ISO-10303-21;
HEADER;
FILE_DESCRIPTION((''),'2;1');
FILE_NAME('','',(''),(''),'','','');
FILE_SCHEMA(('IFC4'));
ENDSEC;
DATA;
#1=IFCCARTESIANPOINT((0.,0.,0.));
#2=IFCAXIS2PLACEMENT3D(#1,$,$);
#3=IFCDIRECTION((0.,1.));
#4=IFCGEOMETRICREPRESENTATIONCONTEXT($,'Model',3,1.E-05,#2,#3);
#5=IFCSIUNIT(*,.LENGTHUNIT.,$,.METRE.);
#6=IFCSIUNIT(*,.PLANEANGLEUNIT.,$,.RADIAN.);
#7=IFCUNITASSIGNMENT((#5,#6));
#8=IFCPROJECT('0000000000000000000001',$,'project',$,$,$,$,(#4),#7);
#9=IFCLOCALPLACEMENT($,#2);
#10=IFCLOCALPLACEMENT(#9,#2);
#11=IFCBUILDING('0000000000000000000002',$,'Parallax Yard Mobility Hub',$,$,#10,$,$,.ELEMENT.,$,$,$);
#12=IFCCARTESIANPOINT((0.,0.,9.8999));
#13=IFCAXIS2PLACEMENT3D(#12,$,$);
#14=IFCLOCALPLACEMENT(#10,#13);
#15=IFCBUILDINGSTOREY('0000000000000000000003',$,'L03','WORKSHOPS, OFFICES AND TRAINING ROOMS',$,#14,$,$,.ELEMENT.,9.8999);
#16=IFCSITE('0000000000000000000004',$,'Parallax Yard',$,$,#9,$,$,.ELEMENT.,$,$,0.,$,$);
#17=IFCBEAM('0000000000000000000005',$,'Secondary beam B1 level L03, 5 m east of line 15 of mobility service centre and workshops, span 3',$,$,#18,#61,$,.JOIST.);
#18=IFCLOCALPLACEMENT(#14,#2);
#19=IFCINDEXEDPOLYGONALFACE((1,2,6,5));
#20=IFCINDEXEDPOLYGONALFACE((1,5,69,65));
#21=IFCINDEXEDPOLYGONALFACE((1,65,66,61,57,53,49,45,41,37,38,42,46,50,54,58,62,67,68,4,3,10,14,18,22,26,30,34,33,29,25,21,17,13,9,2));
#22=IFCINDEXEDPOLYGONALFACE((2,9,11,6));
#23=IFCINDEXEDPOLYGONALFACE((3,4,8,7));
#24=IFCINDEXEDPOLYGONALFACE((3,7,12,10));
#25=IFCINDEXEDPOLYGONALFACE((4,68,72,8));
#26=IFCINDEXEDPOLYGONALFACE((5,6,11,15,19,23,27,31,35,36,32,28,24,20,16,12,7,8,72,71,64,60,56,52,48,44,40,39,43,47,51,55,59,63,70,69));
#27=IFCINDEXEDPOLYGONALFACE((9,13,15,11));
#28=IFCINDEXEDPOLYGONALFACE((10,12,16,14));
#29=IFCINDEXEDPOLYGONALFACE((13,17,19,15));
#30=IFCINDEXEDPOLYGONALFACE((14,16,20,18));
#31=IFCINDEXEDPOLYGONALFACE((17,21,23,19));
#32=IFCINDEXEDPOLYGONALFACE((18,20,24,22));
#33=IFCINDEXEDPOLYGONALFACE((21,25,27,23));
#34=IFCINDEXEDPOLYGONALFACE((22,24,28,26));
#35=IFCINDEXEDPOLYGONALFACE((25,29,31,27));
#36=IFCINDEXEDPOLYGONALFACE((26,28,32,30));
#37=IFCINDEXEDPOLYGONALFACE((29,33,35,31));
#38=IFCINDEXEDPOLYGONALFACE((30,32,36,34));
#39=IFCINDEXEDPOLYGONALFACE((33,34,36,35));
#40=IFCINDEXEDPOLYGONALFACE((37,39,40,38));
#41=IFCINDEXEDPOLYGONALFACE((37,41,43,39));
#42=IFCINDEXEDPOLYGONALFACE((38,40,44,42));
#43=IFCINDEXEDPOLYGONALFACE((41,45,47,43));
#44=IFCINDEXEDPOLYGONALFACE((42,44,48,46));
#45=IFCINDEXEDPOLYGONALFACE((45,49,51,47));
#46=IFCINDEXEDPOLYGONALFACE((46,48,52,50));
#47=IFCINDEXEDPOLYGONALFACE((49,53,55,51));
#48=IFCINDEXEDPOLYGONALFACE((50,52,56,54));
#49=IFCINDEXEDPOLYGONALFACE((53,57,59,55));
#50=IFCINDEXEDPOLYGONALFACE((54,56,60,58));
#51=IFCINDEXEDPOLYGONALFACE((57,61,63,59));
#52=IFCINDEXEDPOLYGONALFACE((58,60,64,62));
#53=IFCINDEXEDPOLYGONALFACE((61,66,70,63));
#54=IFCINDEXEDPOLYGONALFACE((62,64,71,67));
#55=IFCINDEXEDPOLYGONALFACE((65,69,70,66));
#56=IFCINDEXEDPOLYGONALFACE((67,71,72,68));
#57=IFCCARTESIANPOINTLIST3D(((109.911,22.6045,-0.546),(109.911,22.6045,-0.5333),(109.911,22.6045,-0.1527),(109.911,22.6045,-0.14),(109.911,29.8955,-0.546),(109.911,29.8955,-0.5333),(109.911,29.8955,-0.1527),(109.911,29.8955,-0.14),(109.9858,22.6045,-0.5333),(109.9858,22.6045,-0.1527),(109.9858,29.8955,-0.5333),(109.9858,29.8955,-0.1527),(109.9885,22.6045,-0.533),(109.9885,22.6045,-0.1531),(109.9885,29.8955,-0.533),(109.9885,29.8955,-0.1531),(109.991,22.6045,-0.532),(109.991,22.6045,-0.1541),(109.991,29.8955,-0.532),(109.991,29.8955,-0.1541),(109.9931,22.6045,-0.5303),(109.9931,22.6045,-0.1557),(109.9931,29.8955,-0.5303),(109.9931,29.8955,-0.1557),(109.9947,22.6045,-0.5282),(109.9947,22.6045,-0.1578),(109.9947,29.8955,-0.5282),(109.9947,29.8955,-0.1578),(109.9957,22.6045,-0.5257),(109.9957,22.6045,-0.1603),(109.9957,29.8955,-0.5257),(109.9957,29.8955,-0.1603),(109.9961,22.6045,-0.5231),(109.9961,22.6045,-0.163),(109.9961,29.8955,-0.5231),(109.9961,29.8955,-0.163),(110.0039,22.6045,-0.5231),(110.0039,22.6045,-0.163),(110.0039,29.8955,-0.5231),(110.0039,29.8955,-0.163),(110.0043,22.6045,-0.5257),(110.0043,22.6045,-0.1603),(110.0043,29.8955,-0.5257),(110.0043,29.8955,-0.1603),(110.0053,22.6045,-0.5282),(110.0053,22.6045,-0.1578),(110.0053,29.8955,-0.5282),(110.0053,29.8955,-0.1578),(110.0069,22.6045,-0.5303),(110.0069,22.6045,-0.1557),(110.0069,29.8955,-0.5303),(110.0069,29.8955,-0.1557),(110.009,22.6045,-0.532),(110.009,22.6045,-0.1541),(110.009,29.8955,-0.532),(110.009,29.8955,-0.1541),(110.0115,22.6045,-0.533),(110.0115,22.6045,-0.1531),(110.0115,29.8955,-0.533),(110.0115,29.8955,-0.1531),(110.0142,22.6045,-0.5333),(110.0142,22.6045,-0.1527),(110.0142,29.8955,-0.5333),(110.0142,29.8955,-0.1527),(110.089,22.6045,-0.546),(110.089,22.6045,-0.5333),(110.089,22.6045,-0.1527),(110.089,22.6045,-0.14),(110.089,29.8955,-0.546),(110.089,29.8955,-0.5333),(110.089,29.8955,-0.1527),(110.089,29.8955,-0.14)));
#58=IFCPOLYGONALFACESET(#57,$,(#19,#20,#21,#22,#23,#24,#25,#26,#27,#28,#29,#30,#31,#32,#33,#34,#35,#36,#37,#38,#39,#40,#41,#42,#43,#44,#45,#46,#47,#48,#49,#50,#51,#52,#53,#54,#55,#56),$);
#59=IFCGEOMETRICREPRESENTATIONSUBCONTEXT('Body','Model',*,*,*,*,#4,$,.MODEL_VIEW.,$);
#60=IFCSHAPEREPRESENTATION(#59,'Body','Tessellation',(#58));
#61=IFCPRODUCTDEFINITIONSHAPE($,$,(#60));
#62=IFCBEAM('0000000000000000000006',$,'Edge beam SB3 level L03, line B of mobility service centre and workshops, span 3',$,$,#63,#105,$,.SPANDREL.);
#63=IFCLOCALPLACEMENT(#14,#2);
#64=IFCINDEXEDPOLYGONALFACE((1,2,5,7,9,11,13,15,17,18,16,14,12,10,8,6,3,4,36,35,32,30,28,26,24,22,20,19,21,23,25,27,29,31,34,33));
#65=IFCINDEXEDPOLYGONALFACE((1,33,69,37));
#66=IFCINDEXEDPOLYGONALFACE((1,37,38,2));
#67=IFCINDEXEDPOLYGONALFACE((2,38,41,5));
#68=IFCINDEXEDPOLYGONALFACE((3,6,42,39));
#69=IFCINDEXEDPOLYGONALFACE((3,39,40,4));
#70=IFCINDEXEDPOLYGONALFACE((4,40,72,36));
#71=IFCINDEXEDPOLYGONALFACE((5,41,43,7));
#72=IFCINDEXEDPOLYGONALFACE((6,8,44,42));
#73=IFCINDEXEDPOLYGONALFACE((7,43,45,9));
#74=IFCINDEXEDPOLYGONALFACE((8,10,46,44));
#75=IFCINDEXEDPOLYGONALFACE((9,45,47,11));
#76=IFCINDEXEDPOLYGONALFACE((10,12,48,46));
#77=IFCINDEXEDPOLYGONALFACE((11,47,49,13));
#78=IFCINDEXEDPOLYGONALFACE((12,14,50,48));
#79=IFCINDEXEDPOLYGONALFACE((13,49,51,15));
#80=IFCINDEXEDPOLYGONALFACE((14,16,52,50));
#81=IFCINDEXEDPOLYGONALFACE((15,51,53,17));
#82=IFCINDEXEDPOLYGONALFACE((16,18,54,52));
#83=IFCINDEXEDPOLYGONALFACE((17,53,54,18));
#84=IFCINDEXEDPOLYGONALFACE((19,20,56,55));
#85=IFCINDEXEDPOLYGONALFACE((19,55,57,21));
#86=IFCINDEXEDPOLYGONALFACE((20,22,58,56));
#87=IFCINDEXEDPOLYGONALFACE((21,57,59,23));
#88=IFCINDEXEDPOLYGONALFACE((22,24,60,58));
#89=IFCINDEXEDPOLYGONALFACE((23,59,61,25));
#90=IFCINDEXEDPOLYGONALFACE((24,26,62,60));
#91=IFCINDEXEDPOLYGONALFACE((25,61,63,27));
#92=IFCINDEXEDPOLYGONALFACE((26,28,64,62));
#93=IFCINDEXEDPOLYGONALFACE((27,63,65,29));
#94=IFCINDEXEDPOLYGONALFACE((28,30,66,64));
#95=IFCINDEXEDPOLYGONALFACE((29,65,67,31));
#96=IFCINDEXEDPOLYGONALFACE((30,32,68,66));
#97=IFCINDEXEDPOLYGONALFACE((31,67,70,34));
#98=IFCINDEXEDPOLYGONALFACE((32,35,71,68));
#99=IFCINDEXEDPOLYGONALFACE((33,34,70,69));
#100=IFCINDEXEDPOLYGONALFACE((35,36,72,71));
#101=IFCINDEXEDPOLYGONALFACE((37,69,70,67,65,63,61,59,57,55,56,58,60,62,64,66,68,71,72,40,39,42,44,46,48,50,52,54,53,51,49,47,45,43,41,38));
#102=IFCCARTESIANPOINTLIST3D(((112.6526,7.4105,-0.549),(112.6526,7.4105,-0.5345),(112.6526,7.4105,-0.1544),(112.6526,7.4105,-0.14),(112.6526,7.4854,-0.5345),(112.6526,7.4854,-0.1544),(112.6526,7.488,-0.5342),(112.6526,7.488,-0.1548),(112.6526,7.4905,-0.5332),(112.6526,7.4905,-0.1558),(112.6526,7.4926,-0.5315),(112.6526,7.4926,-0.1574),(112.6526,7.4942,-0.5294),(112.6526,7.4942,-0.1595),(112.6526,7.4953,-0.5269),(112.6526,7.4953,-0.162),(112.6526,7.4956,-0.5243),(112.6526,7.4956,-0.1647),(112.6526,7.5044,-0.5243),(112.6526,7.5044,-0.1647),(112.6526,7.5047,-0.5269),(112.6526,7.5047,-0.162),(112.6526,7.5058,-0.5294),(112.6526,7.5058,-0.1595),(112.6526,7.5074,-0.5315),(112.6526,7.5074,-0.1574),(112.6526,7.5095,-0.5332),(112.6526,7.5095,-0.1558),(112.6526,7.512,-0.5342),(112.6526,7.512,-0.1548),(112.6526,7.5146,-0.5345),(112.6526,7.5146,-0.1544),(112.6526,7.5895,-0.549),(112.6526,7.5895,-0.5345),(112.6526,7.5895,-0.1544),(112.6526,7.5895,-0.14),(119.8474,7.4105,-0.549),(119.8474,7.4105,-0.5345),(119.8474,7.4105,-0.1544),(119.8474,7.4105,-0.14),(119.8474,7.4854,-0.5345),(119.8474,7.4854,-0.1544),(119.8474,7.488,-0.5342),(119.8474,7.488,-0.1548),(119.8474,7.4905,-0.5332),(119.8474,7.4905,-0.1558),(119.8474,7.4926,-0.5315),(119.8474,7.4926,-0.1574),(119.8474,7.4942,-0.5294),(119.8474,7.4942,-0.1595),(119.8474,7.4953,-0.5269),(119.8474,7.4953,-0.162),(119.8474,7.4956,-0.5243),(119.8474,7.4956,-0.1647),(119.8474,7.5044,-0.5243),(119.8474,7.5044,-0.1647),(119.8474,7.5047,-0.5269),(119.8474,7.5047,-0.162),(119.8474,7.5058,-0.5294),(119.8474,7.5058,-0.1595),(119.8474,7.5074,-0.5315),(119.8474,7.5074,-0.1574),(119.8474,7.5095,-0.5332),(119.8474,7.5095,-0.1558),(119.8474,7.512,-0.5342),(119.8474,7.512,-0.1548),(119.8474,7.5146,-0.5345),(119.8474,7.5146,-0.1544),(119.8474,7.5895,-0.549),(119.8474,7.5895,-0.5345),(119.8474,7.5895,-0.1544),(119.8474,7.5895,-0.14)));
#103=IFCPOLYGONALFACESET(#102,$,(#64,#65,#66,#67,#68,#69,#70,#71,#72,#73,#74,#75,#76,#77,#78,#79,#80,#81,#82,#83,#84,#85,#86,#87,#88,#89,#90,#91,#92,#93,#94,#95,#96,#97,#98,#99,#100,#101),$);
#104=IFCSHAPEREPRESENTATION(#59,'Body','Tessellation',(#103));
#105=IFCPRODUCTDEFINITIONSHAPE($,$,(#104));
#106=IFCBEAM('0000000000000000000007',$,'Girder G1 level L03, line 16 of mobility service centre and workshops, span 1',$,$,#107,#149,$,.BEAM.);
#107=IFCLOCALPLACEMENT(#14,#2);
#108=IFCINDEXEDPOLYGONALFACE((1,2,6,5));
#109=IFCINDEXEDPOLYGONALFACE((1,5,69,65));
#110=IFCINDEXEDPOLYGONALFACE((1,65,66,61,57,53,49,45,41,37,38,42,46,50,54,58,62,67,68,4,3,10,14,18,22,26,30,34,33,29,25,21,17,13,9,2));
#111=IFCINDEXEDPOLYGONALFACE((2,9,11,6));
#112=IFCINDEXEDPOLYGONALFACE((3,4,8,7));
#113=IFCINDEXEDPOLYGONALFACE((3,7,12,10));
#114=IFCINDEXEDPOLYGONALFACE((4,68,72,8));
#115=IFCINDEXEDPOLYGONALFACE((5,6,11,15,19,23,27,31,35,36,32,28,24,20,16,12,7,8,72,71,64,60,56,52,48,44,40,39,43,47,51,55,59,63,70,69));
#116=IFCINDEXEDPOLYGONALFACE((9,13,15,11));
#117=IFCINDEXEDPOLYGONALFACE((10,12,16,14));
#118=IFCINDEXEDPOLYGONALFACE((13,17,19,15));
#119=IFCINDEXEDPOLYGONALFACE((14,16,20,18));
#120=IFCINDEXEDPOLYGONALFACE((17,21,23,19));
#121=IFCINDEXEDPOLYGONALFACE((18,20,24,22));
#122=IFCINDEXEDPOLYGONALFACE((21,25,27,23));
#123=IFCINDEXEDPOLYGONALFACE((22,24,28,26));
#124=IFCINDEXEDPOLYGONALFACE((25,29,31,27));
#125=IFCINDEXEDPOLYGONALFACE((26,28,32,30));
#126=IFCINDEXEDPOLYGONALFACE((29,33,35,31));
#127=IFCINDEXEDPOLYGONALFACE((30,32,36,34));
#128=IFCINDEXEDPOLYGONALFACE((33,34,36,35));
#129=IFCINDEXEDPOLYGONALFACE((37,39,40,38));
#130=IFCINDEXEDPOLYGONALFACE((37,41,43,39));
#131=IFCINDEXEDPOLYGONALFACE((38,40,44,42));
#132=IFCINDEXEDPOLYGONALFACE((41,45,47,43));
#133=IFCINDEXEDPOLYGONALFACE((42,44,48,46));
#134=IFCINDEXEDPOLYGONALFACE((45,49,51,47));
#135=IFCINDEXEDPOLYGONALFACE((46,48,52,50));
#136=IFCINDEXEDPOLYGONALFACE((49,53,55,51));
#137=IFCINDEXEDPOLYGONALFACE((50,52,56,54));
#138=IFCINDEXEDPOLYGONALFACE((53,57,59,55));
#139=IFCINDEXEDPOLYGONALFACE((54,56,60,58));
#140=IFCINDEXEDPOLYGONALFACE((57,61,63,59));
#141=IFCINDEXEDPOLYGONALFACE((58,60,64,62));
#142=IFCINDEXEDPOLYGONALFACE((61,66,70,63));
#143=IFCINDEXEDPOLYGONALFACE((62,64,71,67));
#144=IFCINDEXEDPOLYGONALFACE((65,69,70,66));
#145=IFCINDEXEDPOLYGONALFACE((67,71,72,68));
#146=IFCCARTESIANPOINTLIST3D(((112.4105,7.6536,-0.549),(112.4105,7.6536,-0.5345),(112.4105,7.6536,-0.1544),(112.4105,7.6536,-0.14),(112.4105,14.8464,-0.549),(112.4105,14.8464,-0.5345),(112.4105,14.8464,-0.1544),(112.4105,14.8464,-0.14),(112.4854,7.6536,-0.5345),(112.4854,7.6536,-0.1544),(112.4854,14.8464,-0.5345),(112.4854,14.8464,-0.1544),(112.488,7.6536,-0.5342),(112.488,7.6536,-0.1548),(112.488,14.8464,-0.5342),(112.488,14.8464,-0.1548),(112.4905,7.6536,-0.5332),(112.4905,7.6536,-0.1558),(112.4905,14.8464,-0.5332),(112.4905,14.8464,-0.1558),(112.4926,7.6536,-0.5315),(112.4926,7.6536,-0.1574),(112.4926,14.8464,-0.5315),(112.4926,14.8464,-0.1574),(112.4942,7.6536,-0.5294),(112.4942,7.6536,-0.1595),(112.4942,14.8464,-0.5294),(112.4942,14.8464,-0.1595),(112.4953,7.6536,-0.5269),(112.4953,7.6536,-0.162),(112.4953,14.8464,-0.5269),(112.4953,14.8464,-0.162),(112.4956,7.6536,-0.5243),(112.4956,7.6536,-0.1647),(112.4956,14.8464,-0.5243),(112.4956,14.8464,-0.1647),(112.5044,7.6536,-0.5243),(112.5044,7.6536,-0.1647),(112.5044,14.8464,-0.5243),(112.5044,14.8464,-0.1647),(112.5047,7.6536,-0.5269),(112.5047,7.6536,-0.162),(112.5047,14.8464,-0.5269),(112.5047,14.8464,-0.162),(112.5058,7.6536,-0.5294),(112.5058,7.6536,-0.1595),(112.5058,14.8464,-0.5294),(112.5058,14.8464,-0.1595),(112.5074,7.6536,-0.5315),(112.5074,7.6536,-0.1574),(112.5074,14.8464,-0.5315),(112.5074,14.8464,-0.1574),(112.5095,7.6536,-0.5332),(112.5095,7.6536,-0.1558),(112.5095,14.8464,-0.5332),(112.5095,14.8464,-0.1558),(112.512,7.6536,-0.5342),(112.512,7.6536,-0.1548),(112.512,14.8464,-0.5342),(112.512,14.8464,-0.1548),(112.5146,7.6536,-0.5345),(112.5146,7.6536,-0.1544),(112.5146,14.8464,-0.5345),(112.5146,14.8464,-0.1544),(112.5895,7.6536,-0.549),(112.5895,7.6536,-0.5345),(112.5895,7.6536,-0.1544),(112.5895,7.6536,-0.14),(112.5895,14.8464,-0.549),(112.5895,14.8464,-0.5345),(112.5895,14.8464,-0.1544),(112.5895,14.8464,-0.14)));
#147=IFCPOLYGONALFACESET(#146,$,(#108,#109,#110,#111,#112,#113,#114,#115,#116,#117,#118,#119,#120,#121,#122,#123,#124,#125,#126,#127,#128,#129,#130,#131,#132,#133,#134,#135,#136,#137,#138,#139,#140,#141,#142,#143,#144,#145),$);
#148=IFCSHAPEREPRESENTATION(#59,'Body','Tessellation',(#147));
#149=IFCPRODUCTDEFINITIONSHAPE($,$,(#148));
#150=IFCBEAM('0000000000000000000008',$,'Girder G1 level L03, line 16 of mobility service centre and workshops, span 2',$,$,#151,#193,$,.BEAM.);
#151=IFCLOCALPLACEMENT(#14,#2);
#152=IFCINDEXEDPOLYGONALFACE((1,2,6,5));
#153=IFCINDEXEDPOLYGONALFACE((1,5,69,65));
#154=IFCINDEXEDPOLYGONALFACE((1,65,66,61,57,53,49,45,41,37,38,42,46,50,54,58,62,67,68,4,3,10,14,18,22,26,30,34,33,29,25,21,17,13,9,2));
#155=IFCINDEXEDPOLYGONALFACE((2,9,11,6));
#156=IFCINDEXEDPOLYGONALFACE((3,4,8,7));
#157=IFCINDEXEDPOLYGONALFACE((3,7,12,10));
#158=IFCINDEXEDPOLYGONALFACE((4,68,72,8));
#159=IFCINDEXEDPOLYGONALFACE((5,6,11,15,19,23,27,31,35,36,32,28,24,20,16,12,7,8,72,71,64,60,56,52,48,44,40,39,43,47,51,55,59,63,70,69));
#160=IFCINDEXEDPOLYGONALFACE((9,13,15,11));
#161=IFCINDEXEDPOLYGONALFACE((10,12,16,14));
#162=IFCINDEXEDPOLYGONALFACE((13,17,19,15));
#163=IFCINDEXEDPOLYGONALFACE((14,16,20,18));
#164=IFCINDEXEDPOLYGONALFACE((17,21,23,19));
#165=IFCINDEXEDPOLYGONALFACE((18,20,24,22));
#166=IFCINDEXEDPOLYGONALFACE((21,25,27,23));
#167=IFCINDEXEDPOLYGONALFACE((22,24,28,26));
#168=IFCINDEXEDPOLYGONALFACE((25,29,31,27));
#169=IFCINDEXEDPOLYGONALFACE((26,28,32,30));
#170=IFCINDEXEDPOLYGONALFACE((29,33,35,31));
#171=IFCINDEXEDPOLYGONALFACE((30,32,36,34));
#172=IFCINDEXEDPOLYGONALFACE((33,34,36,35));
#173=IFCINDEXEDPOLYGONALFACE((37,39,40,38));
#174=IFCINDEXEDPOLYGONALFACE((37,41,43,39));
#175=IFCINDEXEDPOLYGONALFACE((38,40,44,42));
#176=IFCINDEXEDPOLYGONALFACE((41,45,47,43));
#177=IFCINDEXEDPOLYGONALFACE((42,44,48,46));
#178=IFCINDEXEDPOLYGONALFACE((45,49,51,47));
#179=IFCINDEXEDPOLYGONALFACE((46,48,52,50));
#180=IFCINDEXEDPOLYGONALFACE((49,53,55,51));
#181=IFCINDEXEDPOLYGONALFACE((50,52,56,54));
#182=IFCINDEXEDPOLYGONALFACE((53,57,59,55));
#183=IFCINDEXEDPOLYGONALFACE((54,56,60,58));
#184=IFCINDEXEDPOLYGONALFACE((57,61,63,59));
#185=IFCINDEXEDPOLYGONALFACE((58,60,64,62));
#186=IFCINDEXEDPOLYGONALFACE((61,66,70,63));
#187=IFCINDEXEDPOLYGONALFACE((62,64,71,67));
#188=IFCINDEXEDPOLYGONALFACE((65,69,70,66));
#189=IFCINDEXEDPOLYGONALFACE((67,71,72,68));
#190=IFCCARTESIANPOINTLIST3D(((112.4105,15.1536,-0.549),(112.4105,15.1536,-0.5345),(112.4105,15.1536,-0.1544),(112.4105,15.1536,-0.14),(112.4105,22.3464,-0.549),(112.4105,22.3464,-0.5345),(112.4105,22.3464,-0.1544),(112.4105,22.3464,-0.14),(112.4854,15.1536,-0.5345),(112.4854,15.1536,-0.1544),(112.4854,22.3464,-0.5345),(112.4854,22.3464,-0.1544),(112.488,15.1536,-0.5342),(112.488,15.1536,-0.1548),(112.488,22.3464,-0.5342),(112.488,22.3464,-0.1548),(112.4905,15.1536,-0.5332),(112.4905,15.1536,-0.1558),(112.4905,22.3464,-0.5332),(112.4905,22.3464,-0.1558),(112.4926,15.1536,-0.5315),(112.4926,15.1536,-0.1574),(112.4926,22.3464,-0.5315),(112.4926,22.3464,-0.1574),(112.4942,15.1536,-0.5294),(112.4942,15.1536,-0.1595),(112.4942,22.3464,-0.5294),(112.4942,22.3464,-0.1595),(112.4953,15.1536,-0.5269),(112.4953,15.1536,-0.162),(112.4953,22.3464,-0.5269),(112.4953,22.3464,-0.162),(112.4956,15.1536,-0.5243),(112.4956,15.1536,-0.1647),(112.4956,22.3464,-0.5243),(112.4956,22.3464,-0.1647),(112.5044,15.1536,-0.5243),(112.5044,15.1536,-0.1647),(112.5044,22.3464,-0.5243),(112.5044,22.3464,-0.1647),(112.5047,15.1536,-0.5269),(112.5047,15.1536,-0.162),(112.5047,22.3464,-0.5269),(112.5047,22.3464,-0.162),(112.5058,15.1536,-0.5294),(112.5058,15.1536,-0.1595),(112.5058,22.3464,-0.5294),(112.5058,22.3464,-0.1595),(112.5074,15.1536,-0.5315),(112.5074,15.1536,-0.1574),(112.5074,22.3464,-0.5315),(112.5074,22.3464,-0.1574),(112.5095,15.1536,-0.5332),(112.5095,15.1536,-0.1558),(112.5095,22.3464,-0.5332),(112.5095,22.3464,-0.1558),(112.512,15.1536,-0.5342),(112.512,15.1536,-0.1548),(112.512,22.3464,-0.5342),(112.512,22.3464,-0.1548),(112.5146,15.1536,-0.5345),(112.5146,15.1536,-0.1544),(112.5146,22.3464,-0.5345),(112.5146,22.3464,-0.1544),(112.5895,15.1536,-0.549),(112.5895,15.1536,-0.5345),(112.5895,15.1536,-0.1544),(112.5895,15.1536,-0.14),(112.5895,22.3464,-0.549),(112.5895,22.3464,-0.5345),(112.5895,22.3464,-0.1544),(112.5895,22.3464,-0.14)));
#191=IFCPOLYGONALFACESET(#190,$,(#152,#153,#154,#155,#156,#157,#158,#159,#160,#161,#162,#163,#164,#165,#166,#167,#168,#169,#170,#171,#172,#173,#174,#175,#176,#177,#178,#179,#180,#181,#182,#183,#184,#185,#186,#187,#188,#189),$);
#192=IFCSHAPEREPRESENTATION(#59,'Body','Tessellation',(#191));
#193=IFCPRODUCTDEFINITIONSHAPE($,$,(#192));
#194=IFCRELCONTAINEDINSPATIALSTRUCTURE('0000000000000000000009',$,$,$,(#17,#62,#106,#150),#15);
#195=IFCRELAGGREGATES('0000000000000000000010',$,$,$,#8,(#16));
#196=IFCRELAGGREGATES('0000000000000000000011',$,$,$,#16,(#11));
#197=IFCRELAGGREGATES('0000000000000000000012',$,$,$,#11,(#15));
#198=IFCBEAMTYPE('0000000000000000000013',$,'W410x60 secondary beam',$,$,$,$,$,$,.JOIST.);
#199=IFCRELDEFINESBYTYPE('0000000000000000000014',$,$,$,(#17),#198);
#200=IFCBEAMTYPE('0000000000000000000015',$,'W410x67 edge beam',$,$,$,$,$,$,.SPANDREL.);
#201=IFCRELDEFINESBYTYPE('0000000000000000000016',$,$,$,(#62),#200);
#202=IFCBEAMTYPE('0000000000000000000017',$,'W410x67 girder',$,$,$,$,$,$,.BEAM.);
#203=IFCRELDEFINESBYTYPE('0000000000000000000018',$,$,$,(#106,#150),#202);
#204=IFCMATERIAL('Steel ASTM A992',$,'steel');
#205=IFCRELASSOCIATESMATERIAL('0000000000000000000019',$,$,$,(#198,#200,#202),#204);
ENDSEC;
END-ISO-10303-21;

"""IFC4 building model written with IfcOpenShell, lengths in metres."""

from ifc_helpers import new_model, si_unit, direction, frame, origin, origin_2d, place, context, subcontext, project, spatial, i_section, extrude, material, material_profile, profile_set, type_object, element, save


model = new_model("IFC4")

# Units and contexts
model_context = context("Model", 3, precision=1e-05, world=origin(), true_north=direction((0.0, 1.0)))
body_context = subcontext(model_context, "Body", "Model", "MODEL_VIEW")
ifc_project = project(units=[si_unit("LENGTHUNIT", "METRE"), si_unit("PLANEANGLEUNIT", "RADIAN")], contexts=[model_context])

# Site, building, storey
site_placement = place(None, origin())
site = spatial("IfcSite", under=ifc_project, at=site_placement, Name="Parallax Yard", CompositionType="ELEMENT", RefElevation=0.0)
building_placement = place(site_placement, origin())
building = spatial("IfcBuilding", under=site, at=building_placement, Name="Parallax Yard Mobility Hub", CompositionType="ELEMENT")
storey_placement = place(building_placement, frame((0.0, 0.0, 9.8999)))
storey = spatial("IfcBuildingStorey", under=building, at=storey_placement, Name="L03", Description="WORKSHOPS, OFFICES AND TRAINING ROOMS", CompositionType="ELEMENT", Elevation=9.8999)

# Shared definitions
ifc_material_1 = material(Name="Steel ASTM A992", Category="steel")

# Beams
ifc_material_profile_1 = material_profile(ifc_material_1, i_section(OverallWidth=0.178, OverallDepth=0.406, WebThickness=0.0078, FlangeThickness=0.0127, FilletRadius=0.0103, at=origin_2d()), Name="W410x60")
ifc_profile_set_1 = profile_set([ifc_material_profile_1], Name="Steel ASTM A992")
beam_type_1 = type_object("IfcBeamType", Name="W410x60 secondary beam", PredefinedType="JOIST", material=ifc_profile_set_1)
for number, where, z_axis, x_axis, name in (
    (1, (110.0, 22.6045, -0.343), (0.0, 1.0, 0.0), (-1.0, 0.0, 0.0), "Secondary beam B1 level L03, 5 m east of line 15 of mobility service centre and workshops, span 3"),
):
    element("IfcBeam", number, at=place(storey_placement, frame(where, z_axis=z_axis, x_axis=x_axis)), inside=storey, type_object=beam_type_1, Name=name, PredefinedType="JOIST", context=body_context, shape_type="SweptSolid", body=[
        extrude(i_section(OverallWidth=0.178, OverallDepth=0.406, WebThickness=0.0078, FlangeThickness=0.0127, FilletRadius=0.0103, at=origin_2d()), origin(), (0.0, 0.0, 1.0), 7.291),
    ])
ifc_material_profile_2 = material_profile(ifc_material_1, i_section(OverallWidth=0.179, OverallDepth=0.4089, WebThickness=0.0088, FlangeThickness=0.0144, FilletRadius=0.0103, at=origin_2d()), Name="W410x67")
ifc_profile_set_2 = profile_set([ifc_material_profile_2], Name="Steel ASTM A992")
beam_type_2 = type_object("IfcBeamType", Name="W410x67 edge beam", PredefinedType="SPANDREL", material=ifc_profile_set_2)
beam_1_placement = place(storey_placement, frame((112.6526, 7.5, -0.3445), z_axis=(1.0, 0.0, 0.0), x_axis=(0.0, 1.0, 0.0)))
element("IfcBeam", 2, at=beam_1_placement, inside=storey, type_object=beam_type_2, Name="Edge beam SB3 level L03, line B of mobility service centre and workshops, span 3", PredefinedType="SPANDREL", context=body_context, shape_type="SweptSolid", body=[
    extrude(i_section(OverallWidth=0.179, OverallDepth=0.4089, WebThickness=0.0088, FlangeThickness=0.0144, FilletRadius=0.0103, at=origin_2d()), origin(), (0.0, 0.0, 1.0), 7.1948),
])
ifc_material_profile_3 = material_profile(ifc_material_1, i_section(OverallWidth=0.179, OverallDepth=0.4089, WebThickness=0.0088, FlangeThickness=0.0144, FilletRadius=0.0103, at=origin_2d()), Name="W410x67")
ifc_profile_set_3 = profile_set([ifc_material_profile_3], Name="Steel ASTM A992")
beam_type_3 = type_object("IfcBeamType", Name="W410x67 girder", PredefinedType="BEAM", material=ifc_profile_set_3)
for number, where, z_axis, x_axis, name in (
    (3, (112.5, 7.6536, -0.3445), (0.0, 1.0, 0.0), (-1.0, 0.0, 0.0), "Girder G1 level L03, line 16 of mobility service centre and workshops, span 1"),
    (4, (112.5, 15.1536, -0.3445), (0.0, 1.0, 0.0), (-1.0, 0.0, 0.0), "Girder G1 level L03, line 16 of mobility service centre and workshops, span 2"),
):
    element("IfcBeam", number, at=place(storey_placement, frame(where, z_axis=z_axis, x_axis=x_axis)), inside=storey, type_object=beam_type_3, Name=name, PredefinedType="BEAM", context=body_context, shape_type="SweptSolid", body=[
        extrude(i_section(OverallWidth=0.179, OverallDepth=0.4089, WebThickness=0.0088, FlangeThickness=0.0144, FilletRadius=0.0103, at=origin_2d()), origin(), (0.0, 0.0, 1.0), 7.1929),
    ])

save(model, "model.ifc")
